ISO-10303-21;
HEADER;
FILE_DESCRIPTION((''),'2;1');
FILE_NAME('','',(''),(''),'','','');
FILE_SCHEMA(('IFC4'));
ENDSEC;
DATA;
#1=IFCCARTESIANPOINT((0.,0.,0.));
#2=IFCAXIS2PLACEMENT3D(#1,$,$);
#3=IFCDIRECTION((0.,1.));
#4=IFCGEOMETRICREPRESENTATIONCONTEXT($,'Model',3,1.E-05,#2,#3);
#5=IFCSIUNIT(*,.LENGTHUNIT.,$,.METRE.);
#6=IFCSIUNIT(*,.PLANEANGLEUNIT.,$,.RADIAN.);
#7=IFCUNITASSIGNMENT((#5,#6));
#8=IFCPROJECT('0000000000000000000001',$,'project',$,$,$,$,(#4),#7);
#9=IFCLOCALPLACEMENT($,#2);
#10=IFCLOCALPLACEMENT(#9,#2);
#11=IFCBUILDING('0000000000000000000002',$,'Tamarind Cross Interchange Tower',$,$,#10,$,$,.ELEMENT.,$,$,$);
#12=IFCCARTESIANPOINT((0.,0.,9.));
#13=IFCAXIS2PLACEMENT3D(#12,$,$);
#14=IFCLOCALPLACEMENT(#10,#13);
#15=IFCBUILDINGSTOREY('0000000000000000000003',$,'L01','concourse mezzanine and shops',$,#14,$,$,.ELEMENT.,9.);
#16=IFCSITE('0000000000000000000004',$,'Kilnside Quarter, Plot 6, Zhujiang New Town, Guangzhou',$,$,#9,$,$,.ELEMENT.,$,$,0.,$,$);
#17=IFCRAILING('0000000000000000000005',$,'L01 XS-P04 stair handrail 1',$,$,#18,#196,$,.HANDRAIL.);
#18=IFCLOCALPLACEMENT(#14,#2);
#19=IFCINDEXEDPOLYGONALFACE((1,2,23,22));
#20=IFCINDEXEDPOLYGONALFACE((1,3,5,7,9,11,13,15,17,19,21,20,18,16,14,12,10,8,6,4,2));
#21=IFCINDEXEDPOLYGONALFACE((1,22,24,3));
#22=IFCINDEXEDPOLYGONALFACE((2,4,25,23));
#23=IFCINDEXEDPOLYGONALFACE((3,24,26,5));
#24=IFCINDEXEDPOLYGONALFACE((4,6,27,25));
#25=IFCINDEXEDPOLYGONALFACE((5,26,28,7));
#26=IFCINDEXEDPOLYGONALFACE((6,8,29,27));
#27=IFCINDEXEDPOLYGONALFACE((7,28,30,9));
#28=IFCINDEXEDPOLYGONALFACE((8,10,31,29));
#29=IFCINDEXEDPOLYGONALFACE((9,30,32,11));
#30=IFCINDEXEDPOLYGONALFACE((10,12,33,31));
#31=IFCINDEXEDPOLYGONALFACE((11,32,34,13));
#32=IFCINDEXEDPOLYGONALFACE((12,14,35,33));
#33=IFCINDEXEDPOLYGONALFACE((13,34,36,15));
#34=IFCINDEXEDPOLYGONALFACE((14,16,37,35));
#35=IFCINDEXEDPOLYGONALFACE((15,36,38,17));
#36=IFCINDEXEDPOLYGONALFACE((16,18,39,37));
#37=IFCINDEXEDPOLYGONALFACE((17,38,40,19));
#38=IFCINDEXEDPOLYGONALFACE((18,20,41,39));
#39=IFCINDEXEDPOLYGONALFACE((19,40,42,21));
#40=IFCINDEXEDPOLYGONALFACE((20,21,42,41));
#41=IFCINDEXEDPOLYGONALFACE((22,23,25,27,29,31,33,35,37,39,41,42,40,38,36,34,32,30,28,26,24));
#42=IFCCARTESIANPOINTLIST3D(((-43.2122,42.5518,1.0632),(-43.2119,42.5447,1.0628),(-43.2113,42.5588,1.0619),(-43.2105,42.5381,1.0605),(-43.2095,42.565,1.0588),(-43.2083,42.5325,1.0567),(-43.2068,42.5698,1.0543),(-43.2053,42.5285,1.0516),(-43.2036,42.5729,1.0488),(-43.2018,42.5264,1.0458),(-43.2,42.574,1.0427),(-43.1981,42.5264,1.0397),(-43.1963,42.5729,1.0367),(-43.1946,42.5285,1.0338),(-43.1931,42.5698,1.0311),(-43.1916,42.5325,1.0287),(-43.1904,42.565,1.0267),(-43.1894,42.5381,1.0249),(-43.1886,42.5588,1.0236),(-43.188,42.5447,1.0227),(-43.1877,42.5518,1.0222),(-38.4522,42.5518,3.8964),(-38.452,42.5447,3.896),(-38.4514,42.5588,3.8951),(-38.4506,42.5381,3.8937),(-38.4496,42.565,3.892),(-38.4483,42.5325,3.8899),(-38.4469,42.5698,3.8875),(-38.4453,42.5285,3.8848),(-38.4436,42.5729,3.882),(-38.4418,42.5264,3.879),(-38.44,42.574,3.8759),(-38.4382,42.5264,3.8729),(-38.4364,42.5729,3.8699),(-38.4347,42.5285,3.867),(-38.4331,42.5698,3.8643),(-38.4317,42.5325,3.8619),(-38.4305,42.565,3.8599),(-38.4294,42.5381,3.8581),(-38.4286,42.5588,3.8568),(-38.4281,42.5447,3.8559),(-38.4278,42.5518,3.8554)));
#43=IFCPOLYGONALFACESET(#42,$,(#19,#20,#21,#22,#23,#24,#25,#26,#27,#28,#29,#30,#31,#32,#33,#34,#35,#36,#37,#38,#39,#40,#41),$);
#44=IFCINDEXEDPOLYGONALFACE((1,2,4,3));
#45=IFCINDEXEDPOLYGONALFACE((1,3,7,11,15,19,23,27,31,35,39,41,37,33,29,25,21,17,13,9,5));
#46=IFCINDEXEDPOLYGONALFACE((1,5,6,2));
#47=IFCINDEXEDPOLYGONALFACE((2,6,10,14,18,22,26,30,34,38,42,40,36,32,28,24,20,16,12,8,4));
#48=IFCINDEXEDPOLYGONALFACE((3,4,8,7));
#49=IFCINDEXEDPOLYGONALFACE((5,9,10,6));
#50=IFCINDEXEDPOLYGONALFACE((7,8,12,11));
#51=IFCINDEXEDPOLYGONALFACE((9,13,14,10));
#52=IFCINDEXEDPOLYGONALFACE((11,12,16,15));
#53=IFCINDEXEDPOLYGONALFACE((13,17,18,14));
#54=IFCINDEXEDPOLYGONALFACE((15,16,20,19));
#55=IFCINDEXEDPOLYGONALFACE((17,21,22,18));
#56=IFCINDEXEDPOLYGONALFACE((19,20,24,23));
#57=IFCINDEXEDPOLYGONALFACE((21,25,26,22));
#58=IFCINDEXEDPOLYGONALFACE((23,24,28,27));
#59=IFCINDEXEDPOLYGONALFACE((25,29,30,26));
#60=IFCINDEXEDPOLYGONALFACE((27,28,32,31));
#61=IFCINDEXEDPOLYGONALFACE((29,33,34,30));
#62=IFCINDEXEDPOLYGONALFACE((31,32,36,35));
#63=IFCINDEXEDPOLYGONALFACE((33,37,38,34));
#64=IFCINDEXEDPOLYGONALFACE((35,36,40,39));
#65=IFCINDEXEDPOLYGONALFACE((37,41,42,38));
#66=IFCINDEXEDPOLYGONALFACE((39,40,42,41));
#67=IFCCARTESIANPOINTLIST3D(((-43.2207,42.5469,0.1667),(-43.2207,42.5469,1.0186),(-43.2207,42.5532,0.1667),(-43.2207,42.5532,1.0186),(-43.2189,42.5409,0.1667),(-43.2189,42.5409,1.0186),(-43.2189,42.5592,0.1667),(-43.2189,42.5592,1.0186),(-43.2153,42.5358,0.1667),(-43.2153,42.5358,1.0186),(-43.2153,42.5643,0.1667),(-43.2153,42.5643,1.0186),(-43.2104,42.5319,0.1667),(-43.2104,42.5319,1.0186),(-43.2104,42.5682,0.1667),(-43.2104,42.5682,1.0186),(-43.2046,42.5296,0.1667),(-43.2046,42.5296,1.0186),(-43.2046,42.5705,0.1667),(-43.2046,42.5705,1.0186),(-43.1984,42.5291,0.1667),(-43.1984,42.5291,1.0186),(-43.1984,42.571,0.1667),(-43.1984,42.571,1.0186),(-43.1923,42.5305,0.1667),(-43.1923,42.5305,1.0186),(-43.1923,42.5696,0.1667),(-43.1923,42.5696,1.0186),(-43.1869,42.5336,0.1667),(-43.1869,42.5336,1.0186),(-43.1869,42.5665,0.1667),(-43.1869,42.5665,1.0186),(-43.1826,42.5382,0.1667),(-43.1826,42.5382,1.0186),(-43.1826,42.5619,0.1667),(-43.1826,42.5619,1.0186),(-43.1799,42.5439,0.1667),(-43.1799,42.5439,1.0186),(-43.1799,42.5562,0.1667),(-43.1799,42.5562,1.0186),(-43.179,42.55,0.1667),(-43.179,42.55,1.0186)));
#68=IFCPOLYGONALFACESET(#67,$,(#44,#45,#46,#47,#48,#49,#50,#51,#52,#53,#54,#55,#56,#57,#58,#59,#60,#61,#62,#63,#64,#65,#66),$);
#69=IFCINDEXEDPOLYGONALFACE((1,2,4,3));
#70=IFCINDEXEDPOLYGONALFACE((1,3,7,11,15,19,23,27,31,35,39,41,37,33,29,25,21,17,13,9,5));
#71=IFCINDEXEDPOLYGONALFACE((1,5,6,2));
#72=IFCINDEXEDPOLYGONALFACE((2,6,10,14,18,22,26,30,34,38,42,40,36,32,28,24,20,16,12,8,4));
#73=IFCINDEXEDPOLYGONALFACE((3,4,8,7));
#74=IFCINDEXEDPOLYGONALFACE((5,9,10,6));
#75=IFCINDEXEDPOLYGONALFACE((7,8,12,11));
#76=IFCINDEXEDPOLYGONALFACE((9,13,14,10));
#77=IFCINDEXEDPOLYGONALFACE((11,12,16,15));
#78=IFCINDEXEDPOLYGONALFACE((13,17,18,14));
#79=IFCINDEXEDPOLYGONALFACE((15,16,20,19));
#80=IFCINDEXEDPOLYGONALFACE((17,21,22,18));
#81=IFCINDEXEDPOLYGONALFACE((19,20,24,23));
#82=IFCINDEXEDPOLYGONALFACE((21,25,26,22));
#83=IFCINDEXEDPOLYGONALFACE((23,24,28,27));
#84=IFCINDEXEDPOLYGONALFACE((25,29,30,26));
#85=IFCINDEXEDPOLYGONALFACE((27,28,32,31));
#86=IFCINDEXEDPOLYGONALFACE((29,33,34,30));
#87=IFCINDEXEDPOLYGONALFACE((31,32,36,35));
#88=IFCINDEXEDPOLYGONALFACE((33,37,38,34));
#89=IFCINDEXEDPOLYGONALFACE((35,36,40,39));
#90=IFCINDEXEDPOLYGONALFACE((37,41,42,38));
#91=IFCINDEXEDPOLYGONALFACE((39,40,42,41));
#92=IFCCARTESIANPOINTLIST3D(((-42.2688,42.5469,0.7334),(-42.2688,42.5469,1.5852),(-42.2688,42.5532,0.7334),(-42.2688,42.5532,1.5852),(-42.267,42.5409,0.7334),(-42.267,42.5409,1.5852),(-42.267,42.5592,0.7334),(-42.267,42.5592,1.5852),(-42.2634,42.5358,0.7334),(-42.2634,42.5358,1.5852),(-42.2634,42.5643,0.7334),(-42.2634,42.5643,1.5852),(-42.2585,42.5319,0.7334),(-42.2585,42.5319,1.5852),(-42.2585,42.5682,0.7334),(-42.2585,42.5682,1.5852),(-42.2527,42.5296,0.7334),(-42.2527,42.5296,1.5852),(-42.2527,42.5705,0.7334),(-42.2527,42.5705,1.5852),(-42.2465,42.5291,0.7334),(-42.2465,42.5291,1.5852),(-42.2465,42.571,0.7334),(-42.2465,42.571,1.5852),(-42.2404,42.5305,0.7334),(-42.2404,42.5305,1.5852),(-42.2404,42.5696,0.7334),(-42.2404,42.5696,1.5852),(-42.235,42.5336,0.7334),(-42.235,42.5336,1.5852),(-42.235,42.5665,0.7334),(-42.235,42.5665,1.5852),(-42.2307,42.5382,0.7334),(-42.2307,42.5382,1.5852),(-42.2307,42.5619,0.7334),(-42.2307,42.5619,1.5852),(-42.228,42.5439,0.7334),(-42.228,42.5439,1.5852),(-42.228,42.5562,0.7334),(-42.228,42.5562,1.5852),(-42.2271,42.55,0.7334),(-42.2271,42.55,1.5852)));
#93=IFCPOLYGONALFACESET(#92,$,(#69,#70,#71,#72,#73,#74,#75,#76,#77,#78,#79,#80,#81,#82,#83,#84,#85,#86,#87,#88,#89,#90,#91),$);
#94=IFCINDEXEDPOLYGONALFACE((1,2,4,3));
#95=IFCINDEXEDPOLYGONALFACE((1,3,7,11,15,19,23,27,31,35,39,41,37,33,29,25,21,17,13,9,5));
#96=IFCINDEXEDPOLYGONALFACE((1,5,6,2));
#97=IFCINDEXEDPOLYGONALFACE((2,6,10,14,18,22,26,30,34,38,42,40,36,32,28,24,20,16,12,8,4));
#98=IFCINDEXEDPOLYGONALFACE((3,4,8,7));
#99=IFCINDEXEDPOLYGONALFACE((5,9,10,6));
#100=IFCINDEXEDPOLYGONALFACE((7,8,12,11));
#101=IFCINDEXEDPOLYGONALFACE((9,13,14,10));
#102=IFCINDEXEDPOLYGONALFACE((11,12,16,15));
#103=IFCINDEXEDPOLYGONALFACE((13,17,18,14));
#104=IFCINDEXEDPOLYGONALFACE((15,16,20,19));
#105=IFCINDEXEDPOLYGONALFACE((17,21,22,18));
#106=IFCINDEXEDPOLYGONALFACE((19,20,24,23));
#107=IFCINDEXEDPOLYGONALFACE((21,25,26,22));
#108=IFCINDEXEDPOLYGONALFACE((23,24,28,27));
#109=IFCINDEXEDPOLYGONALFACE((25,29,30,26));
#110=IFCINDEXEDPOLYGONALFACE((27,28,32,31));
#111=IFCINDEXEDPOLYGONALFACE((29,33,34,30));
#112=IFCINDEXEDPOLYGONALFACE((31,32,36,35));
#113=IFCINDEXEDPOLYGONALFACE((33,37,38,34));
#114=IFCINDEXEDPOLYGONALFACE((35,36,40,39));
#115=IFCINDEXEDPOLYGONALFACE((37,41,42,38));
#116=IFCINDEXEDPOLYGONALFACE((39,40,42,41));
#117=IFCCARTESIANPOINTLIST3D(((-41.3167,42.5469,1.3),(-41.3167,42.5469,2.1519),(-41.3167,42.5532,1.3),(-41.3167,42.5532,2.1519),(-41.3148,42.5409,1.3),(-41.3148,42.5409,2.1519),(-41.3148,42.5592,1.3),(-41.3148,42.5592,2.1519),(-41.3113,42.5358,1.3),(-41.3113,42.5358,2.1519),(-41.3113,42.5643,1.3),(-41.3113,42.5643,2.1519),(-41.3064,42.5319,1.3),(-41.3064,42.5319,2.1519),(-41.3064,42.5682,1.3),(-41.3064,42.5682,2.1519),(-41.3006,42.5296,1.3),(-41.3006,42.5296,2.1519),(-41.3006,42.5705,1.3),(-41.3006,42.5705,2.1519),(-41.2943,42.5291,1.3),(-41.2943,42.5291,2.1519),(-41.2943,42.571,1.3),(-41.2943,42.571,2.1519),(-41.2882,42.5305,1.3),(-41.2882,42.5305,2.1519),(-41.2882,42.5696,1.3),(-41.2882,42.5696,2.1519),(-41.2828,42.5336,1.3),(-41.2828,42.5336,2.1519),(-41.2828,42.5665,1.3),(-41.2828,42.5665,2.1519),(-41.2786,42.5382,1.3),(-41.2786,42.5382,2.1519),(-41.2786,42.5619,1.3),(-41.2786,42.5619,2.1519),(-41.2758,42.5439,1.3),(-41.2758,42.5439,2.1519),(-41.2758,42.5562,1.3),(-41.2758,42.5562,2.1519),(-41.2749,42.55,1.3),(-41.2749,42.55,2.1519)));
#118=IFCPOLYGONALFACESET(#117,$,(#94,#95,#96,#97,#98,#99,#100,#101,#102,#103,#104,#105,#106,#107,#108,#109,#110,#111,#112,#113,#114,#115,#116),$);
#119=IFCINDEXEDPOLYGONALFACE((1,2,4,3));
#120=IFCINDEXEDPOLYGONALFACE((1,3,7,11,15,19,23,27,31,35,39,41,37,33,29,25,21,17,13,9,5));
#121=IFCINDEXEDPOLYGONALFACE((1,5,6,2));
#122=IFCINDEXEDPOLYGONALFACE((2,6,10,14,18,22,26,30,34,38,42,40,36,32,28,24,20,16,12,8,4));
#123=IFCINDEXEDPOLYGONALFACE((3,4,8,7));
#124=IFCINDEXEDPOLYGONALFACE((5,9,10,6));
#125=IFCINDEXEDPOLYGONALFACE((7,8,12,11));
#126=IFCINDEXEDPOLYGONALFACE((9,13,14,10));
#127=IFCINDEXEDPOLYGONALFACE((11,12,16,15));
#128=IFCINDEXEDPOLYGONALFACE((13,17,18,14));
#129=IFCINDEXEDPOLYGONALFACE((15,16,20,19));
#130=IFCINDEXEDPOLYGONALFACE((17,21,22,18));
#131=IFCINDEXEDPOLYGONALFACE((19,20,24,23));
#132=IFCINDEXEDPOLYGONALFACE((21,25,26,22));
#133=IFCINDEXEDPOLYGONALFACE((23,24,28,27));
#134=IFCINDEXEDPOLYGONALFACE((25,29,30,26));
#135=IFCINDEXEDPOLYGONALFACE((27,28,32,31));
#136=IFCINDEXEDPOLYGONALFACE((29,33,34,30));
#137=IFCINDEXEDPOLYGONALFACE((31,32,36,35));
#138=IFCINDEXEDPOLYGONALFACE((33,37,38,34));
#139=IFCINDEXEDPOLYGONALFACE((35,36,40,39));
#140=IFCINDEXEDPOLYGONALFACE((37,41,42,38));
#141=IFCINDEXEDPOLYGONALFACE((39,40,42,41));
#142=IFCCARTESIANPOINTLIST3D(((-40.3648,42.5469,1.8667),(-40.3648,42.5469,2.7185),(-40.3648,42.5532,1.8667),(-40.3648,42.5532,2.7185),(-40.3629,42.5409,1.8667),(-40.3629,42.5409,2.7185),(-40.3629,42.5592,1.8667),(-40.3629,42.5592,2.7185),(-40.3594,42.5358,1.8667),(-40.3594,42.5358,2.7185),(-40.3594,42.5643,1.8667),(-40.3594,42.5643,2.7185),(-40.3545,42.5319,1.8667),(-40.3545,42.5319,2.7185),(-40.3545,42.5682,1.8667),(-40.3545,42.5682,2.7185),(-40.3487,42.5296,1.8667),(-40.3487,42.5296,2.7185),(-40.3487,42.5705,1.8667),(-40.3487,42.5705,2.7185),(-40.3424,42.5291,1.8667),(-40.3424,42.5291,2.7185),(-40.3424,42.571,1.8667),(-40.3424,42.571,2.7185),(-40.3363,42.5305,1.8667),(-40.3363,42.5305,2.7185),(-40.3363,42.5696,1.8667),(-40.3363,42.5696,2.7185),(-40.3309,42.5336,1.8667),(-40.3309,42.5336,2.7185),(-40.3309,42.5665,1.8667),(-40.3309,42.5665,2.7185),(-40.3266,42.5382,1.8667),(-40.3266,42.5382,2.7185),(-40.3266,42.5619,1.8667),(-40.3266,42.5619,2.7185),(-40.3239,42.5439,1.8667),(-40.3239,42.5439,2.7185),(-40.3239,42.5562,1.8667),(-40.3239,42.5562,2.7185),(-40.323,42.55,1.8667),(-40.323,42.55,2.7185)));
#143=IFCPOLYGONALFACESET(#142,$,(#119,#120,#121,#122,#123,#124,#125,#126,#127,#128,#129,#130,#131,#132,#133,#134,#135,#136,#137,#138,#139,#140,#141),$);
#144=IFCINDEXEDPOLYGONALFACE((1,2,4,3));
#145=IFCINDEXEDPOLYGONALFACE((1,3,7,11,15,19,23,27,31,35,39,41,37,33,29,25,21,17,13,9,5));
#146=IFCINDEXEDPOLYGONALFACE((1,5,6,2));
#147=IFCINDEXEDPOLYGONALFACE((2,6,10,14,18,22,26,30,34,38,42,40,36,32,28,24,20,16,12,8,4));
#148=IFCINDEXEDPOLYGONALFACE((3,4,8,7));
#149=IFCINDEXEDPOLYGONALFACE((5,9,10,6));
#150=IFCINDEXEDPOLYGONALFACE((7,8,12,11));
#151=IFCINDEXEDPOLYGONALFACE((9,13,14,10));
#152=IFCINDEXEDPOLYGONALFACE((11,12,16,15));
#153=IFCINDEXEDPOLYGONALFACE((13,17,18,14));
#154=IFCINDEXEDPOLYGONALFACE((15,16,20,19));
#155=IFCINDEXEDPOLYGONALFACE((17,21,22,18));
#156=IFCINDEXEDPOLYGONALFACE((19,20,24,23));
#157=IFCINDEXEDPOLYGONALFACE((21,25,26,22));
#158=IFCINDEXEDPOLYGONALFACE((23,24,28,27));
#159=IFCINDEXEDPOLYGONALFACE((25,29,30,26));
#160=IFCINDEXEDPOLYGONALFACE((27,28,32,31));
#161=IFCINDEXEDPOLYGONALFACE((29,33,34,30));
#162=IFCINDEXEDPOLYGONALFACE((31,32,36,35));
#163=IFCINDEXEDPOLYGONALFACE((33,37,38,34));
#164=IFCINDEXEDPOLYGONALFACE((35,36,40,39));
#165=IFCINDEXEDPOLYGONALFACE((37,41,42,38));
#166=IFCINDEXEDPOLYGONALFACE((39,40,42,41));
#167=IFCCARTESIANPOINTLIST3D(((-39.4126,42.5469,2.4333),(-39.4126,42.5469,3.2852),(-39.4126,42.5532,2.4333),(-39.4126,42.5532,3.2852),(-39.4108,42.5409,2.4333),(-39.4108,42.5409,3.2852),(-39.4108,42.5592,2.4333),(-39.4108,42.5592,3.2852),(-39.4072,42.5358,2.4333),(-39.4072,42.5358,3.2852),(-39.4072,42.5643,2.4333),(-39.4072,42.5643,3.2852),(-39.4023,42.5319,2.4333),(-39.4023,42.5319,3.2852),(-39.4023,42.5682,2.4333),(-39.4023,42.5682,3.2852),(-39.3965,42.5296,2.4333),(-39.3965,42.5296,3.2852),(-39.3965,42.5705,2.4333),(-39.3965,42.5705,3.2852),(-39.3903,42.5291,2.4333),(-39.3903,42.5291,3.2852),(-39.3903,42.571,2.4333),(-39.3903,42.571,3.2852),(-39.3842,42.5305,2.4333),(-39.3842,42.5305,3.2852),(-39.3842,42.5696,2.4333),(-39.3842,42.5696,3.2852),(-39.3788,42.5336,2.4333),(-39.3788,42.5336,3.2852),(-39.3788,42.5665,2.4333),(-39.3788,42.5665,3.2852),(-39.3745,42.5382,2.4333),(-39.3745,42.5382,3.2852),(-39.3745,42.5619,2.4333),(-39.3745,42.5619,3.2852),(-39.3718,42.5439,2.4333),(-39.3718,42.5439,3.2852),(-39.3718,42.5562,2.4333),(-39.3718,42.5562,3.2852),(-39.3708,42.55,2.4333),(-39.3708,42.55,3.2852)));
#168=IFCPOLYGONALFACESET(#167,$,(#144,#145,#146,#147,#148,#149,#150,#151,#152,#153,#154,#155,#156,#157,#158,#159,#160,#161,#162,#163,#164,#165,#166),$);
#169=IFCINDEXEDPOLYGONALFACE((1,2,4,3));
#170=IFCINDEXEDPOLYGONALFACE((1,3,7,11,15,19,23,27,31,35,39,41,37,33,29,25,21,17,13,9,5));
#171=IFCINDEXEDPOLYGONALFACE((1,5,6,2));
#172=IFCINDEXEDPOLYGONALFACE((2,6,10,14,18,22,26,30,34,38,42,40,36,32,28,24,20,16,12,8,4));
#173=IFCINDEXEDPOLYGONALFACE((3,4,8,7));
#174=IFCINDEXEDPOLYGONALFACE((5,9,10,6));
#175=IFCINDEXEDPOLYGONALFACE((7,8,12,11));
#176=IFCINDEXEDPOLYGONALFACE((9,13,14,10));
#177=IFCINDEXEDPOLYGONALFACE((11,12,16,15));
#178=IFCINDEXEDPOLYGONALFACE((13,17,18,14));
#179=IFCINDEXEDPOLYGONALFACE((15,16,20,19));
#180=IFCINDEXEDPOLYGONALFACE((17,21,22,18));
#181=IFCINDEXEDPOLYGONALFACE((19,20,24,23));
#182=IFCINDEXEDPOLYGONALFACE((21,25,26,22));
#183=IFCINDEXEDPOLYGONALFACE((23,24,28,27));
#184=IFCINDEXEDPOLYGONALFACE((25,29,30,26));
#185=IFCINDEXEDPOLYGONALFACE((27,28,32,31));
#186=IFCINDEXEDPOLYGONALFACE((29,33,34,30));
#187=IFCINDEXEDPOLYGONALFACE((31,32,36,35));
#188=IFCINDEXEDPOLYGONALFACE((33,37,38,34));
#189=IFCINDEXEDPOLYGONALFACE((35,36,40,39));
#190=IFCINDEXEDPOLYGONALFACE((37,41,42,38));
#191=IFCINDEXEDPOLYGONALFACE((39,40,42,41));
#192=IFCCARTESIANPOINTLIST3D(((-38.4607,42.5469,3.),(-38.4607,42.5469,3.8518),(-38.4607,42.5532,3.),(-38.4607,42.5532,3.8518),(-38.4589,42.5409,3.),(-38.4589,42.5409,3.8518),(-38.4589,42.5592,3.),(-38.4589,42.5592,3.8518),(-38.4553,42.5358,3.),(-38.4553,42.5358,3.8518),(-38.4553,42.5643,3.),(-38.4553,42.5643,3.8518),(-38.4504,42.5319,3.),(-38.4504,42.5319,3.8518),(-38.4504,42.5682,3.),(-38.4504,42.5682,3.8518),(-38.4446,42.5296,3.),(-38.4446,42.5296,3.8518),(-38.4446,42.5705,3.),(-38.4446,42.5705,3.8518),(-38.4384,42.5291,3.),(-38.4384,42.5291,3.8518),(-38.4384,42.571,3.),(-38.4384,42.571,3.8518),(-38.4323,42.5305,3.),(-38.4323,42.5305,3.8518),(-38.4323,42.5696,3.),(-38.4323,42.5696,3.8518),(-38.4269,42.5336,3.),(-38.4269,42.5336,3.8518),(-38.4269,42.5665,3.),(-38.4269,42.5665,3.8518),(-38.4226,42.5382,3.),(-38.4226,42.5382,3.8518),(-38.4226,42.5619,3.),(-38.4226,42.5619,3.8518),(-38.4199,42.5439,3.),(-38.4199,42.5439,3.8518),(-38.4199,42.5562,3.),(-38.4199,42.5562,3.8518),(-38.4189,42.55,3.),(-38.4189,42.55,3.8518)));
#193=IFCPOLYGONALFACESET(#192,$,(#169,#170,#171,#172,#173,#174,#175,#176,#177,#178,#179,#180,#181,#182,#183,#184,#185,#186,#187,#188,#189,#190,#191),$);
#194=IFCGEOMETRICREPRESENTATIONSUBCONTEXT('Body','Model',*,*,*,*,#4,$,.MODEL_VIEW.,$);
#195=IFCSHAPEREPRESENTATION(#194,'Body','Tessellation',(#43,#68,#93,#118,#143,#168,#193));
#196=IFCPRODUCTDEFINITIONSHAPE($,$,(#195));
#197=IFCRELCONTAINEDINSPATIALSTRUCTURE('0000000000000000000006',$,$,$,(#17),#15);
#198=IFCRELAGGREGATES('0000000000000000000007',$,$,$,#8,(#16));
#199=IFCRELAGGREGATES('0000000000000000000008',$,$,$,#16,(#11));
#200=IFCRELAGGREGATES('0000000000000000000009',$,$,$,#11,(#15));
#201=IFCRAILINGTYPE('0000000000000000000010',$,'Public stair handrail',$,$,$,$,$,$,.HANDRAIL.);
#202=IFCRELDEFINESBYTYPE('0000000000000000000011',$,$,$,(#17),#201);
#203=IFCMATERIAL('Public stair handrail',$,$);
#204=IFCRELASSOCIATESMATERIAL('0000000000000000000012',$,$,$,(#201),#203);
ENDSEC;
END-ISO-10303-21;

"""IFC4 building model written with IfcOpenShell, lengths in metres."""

from ifc_helpers import new_model, si_unit, direction, frame, origin, origin_2d, place, context, subcontext, project, spatial, circle, extrude, material, type_object, element, save


model = new_model("IFC4")

# Units and contexts
model_context = context("Model", 3, precision=1e-05, world=origin(), true_north=direction((0.0, 1.0)))
body_context = subcontext(model_context, "Body", "Model", "MODEL_VIEW")
ifc_project = project(units=[si_unit("LENGTHUNIT", "METRE"), si_unit("PLANEANGLEUNIT", "RADIAN")], contexts=[model_context])

# Site, building, storey
site_placement = place(None, origin())
site = spatial("IfcSite", under=ifc_project, at=site_placement, Name="Kilnside Quarter, Plot 6, Zhujiang New Town, Guangzhou", CompositionType="ELEMENT", RefElevation=0.0)
building_placement = place(site_placement, origin())
building = spatial("IfcBuilding", under=site, at=building_placement, Name="Tamarind Cross Interchange Tower", CompositionType="ELEMENT")
storey_placement = place(building_placement, frame((0.0, 0.0, 9.0)))
storey = spatial("IfcBuildingStorey", under=building, at=storey_placement, Name="L01", Description="concourse mezzanine and shops", CompositionType="ELEMENT", Elevation=9.0)

# Railing
ifc_material_1 = material(Name="Public stair handrail")
railing_type_1 = type_object("IfcRailingType", Name="Public stair handrail", PredefinedType="HANDRAIL", material=ifc_material_1)
railing_1_placement = place(storey_placement, frame((-43.2, 42.55, 0.1667)))
element("IfcRailing", 1, at=railing_1_placement, inside=storey, type_object=railing_type_1, Name="L01 XS-P04 stair handrail 1", PredefinedType="HANDRAIL", context=body_context, shape_type="SweptSolid", body=[
    extrude(circle(Radius=0.0239, at=origin_2d()), frame((0.0, 0.0, 0.876), z_axis=(0.8593, 0.0, 0.511472), x_axis=(0.0, 1.0, 0.0)), (0.0, 0.0, 1.0), 5.5393),
    extrude(circle(Radius=0.021, at=origin_2d()), origin(), (0.0, 0.0, 1.0), 0.8518),
    extrude(circle(Radius=0.021, at=origin_2d()), frame((0.9519, 0.0, 0.5667)), (0.0, 0.0, 1.0), 0.8518),
    extrude(circle(Radius=0.021, at=origin_2d()), frame((1.9041, 0.0, 1.1333)), (0.0, 0.0, 1.0), 0.8518),
    extrude(circle(Radius=0.021, at=origin_2d()), frame((2.856, 0.0, 1.7)), (0.0, 0.0, 1.0), 0.8518),
    extrude(circle(Radius=0.021, at=origin_2d()), frame((3.8081, 0.0, 2.2666)), (0.0, 0.0, 1.0), 0.8518),
    extrude(circle(Radius=0.021, at=origin_2d()), frame((4.76, 0.0, 2.8333)), (0.0, 0.0, 1.0), 0.8518),
])

save(model, "model.ifc")
